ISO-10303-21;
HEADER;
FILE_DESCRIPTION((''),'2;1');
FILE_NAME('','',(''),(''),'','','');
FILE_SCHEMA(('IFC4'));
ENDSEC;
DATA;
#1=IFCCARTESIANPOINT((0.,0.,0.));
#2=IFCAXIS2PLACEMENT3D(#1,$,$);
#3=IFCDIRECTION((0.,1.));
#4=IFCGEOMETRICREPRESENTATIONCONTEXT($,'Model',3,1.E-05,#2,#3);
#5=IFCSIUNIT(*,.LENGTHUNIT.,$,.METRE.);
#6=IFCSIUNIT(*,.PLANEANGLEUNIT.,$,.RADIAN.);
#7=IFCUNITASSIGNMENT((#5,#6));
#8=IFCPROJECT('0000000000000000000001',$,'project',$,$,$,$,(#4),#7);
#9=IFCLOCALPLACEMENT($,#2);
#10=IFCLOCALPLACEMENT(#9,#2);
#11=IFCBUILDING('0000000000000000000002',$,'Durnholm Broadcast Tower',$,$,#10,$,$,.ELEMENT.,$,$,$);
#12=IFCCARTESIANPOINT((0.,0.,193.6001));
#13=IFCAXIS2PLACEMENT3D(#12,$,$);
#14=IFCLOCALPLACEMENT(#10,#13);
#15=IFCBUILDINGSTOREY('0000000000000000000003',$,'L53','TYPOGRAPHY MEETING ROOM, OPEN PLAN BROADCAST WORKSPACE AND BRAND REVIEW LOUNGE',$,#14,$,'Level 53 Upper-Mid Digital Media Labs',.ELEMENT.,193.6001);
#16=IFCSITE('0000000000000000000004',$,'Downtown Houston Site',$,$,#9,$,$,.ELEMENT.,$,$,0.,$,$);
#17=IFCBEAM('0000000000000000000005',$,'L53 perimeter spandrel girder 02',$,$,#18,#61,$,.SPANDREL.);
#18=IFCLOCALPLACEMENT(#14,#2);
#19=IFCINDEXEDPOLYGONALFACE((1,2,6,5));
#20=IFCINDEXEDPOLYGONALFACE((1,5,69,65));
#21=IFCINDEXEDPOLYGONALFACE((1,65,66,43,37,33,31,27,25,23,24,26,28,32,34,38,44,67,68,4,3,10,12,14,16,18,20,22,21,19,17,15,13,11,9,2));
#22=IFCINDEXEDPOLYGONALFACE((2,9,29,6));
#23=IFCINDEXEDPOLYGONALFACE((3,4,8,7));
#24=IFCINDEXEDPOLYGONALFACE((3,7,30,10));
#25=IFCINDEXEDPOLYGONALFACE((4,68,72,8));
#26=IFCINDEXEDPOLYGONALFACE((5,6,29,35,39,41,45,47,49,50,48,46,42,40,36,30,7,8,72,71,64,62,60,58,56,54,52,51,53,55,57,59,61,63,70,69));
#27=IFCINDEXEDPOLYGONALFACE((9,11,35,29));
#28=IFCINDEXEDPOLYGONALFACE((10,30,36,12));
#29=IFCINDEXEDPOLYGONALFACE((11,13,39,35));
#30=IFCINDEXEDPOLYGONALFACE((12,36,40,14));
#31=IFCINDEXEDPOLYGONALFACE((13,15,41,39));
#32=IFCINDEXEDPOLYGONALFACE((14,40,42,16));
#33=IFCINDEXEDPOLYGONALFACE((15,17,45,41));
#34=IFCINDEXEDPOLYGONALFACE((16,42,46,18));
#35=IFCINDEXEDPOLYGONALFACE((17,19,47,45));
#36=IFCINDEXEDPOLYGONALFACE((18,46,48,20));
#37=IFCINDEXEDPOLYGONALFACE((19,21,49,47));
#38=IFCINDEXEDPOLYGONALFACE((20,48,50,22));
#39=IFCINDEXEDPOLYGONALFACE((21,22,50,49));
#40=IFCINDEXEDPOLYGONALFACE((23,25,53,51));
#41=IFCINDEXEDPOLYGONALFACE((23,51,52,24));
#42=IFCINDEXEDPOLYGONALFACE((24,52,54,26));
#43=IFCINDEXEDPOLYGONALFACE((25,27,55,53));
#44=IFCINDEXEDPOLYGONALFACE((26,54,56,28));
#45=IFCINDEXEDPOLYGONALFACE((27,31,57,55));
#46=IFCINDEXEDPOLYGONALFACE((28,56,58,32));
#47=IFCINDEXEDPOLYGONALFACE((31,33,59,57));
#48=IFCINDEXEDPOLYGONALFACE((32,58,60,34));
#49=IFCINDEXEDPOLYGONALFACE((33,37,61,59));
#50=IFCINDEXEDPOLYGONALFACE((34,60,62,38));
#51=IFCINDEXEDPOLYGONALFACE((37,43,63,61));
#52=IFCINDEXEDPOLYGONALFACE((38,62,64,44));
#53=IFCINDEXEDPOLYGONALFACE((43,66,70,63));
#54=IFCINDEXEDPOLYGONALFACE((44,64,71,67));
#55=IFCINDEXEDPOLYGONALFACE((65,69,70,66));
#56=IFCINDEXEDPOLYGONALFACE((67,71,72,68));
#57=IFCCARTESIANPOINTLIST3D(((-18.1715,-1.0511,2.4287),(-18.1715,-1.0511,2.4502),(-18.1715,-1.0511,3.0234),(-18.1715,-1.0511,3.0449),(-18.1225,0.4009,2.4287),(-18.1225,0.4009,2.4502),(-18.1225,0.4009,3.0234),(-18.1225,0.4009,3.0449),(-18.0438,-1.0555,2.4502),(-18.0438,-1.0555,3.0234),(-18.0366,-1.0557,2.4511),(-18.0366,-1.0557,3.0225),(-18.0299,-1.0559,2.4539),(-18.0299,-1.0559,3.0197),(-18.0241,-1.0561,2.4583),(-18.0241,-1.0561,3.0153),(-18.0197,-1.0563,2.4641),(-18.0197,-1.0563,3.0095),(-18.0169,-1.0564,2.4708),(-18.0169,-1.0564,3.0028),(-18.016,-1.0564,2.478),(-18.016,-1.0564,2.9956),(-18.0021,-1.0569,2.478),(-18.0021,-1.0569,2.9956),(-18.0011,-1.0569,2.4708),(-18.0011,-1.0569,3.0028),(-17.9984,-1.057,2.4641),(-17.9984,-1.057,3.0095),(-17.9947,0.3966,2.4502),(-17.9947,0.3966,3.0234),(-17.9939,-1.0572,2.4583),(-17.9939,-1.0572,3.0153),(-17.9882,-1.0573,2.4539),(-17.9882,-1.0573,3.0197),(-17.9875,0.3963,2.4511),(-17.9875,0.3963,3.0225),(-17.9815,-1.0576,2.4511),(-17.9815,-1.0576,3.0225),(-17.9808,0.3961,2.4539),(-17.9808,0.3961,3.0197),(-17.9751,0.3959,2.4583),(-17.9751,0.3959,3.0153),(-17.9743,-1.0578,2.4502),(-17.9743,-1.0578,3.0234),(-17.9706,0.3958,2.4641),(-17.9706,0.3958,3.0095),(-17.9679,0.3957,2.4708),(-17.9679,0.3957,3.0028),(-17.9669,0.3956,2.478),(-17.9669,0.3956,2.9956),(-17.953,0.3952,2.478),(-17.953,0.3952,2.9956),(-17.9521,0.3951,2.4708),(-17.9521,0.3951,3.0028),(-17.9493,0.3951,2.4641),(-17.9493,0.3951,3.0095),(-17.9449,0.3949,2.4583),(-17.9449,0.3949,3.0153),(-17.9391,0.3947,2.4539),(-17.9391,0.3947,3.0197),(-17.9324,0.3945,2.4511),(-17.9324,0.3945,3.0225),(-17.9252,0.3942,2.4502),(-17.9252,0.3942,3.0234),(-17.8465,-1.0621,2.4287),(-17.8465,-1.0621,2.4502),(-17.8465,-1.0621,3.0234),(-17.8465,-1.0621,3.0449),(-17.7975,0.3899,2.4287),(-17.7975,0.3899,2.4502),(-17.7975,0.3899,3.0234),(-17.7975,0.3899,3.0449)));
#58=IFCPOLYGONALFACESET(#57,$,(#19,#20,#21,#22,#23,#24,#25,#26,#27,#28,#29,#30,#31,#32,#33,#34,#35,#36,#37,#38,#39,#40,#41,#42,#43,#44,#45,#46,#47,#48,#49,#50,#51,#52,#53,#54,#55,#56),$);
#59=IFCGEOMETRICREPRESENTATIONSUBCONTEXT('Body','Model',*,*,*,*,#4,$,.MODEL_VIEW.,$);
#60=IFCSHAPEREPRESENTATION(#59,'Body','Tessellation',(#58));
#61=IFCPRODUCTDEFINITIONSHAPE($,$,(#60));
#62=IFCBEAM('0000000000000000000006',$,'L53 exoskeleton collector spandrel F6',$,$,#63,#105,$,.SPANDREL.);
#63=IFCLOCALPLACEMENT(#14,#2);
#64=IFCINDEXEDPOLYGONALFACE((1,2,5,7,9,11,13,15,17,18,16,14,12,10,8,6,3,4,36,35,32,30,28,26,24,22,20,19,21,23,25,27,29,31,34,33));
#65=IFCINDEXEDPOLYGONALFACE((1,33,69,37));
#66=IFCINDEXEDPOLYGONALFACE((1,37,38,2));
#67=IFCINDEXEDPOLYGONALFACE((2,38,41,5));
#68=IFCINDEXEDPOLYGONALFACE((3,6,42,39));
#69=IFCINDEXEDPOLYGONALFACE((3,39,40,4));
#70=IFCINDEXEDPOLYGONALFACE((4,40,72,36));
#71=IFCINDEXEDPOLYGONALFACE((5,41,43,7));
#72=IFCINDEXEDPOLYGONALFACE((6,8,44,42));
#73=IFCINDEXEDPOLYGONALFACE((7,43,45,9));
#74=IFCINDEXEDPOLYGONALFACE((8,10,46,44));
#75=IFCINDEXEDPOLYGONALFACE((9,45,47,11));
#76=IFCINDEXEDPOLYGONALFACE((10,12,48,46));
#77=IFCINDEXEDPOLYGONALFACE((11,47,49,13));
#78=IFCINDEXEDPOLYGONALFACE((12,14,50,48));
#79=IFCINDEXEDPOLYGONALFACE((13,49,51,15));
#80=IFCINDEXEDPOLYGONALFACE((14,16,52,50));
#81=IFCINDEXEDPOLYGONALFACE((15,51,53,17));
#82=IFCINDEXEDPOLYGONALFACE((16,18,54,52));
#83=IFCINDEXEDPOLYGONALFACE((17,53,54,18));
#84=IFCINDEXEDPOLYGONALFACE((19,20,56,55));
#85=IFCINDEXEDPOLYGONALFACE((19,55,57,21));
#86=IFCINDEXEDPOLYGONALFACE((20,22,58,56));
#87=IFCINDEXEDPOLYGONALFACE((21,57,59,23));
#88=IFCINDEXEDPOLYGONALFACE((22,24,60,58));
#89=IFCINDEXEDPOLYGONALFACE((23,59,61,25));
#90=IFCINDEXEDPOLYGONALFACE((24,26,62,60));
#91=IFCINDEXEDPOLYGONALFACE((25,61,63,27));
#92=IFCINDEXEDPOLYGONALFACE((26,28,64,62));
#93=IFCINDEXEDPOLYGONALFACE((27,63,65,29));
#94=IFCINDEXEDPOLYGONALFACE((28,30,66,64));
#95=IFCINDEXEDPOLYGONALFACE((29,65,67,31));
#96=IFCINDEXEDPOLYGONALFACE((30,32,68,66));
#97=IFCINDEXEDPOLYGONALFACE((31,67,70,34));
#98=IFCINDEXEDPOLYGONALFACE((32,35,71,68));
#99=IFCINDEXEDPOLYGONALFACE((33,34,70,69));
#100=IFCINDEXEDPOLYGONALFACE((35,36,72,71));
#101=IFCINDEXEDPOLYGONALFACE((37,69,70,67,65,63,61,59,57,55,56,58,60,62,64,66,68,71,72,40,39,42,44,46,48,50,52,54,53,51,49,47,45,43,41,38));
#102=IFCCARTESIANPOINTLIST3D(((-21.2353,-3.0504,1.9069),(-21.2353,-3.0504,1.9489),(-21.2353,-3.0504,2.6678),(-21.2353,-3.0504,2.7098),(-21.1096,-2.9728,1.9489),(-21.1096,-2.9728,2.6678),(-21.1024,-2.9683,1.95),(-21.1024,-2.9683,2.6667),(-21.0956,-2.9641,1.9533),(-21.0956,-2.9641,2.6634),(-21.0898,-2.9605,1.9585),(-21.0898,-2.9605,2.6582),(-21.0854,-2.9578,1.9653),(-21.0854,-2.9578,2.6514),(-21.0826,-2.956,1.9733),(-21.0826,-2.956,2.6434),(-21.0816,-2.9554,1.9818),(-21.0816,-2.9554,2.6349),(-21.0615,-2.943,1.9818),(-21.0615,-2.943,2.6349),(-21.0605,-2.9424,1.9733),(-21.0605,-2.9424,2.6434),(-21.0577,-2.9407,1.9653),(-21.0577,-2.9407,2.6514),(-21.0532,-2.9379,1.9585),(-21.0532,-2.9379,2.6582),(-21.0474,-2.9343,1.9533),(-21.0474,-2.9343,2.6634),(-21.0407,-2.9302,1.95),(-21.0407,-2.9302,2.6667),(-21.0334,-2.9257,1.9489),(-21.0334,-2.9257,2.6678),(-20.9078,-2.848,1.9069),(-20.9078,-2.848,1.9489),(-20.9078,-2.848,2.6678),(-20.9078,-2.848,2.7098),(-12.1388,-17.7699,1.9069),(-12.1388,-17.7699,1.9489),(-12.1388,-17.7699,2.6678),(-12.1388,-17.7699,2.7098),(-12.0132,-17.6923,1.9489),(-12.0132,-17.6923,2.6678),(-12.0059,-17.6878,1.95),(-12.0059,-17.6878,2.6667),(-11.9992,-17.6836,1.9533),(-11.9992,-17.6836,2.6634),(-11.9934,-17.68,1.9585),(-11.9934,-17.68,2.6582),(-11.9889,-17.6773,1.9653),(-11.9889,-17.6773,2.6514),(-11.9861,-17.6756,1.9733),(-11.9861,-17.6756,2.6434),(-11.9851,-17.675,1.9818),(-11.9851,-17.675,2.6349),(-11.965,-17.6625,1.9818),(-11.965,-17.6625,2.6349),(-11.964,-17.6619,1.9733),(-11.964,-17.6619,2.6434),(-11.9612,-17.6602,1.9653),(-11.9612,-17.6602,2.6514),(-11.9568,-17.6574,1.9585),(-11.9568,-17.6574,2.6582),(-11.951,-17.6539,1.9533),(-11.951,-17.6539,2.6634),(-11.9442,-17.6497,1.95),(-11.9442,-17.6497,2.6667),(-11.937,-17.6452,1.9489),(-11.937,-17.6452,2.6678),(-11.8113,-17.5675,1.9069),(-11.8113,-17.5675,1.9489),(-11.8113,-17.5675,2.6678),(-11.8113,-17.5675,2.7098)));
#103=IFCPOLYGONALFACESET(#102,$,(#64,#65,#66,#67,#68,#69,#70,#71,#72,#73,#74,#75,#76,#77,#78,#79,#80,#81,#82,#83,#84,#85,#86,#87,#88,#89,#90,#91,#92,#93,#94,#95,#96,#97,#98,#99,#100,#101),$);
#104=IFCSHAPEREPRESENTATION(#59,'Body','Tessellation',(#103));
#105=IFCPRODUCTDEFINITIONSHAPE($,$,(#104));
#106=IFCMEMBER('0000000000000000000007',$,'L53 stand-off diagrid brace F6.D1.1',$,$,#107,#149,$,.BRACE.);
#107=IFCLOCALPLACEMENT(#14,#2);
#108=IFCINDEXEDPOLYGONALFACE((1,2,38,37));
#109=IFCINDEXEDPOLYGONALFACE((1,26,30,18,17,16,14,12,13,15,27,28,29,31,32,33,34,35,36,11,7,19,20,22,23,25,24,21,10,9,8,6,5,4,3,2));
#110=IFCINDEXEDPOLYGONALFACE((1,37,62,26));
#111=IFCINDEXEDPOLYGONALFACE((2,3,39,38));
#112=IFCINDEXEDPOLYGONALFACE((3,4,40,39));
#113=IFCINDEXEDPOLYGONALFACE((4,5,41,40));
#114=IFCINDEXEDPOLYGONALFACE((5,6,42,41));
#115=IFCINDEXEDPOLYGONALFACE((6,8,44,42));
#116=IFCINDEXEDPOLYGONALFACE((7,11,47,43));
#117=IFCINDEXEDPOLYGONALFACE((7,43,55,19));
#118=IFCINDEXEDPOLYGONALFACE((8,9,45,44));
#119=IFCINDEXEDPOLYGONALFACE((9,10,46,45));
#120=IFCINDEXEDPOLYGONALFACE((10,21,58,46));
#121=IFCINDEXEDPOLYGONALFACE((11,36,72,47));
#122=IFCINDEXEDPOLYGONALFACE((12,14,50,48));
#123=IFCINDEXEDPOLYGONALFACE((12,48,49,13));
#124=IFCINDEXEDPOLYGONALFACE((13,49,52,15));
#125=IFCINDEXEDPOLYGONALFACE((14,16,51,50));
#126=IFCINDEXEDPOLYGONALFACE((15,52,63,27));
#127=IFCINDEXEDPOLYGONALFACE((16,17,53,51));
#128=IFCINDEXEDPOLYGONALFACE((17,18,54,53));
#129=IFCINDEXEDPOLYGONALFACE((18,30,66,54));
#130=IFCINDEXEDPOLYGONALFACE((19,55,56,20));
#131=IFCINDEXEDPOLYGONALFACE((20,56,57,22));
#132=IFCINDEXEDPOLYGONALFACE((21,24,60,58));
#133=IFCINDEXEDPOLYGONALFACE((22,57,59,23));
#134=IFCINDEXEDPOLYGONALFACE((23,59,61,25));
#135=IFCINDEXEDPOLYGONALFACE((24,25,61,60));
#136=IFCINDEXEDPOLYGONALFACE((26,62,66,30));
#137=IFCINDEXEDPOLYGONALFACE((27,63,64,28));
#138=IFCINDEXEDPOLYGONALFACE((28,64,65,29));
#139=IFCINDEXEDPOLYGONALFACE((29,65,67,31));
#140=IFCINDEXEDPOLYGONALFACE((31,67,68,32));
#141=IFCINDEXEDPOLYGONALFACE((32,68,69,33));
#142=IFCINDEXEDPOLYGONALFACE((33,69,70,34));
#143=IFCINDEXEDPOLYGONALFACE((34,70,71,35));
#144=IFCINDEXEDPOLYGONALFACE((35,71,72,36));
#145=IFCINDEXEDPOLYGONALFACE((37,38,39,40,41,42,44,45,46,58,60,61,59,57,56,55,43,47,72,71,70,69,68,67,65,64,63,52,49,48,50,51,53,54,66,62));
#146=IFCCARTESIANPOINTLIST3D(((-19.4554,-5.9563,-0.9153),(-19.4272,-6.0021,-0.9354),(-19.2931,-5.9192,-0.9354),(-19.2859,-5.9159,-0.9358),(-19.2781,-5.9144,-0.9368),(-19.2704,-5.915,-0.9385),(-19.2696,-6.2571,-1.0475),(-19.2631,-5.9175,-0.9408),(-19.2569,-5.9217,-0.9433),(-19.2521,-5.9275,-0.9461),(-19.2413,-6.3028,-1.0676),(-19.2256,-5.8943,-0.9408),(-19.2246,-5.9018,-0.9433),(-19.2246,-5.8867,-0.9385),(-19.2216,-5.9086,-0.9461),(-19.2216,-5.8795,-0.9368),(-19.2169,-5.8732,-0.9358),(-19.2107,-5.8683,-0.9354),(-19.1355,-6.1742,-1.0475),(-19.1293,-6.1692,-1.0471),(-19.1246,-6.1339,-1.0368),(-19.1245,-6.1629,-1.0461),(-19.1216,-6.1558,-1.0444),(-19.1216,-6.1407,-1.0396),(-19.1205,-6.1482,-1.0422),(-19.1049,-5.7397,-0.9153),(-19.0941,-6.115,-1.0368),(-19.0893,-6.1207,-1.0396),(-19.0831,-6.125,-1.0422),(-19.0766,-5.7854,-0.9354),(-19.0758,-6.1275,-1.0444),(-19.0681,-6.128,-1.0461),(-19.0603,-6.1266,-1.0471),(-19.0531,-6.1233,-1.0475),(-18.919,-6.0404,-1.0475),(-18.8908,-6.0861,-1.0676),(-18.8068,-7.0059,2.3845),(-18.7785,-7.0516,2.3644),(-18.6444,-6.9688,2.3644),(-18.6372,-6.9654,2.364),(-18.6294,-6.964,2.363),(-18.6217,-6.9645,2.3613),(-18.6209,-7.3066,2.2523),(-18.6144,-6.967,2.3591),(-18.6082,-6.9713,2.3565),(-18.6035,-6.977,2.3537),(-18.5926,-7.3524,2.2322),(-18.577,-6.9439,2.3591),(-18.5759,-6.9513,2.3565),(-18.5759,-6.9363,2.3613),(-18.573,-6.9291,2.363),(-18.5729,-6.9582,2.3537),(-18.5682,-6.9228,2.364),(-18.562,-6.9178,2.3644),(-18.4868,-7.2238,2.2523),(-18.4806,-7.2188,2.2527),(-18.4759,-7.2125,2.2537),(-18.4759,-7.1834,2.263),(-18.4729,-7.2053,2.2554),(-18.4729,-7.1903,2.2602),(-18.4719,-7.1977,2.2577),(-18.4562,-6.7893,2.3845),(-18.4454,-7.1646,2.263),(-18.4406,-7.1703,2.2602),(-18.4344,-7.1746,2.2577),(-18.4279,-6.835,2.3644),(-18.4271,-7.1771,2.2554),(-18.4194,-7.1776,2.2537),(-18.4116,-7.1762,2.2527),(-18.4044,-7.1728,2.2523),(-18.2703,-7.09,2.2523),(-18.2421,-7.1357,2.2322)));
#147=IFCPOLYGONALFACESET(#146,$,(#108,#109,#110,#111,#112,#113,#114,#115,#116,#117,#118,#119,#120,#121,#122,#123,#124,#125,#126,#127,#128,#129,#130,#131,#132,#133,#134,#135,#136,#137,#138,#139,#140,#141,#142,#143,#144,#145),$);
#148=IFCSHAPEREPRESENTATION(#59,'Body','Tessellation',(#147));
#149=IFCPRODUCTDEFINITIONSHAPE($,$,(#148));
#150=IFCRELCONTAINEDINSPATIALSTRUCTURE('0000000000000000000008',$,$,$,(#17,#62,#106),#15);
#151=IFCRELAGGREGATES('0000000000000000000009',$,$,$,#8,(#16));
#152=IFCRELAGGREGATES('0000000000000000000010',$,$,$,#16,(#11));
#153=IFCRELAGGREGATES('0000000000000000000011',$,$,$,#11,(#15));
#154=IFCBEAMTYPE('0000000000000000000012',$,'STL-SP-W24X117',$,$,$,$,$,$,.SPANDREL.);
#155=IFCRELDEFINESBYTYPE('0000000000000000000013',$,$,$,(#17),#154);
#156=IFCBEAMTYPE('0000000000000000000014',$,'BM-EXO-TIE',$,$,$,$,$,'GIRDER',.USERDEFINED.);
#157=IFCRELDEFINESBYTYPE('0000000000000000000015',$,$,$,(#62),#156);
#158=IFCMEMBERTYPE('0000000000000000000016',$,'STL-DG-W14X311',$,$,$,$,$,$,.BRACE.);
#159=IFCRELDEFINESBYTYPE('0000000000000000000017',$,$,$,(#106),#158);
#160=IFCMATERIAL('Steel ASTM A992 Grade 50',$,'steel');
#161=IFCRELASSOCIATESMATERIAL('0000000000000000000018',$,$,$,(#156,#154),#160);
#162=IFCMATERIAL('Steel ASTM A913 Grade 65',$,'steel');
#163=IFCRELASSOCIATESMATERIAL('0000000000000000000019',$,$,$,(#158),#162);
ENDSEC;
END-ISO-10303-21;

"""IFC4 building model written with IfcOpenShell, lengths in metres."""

from ifc_helpers import new_model, si_unit, direction, frame, origin, origin_2d, place, context, subcontext, project, spatial, i_section, extrude, source, transform, mapped, material, material_profile, profile_set, type_object, type_shapes, element, save


model = new_model("IFC4")

# Units and contexts
model_context = context("Model", 3, precision=1e-05, world=origin(), true_north=direction((0.0, 1.0)))
body_context = subcontext(model_context, "Body", "Model", "MODEL_VIEW")
ifc_project = project(units=[si_unit("LENGTHUNIT", "METRE"), si_unit("PLANEANGLEUNIT", "RADIAN")], contexts=[model_context])

# Site, building, storey
site_placement = place(None, origin())
site = spatial("IfcSite", under=ifc_project, at=site_placement, Name="Downtown Houston Site", CompositionType="ELEMENT", RefElevation=0.0)
building_placement = place(site_placement, origin())
building = spatial("IfcBuilding", under=site, at=building_placement, Name="Durnholm Broadcast Tower", CompositionType="ELEMENT")
storey_placement = place(building_placement, frame((0.0, 0.0, 193.6001)))
storey = spatial("IfcBuildingStorey", under=building, at=storey_placement, Name="L53", Description="TYPOGRAPHY MEETING ROOM, OPEN PLAN BROADCAST WORKSPACE AND BRAND REVIEW LOUNGE", LongName="Level 53 Upper-Mid Digital Media Labs", CompositionType="ELEMENT", Elevation=193.6001)

# Beams
ifc_material_1 = material(Name="Steel ASTM A992 Grade 50", Category="steel")
ifc_material_profile_1 = material_profile(ifc_material_1, i_section(OverallWidth=0.385, OverallDepth=0.803, WebThickness=0.0237, FlangeThickness=0.042, FilletRadius=0.033, at=origin_2d()), Name="W30X261")
ifc_profile_set_1 = profile_set([ifc_material_profile_1], Name="Steel ASTM A992 Grade 50")
beam_type_1 = type_object("IfcBeamType", Name="BM-EXO-TIE", ElementType="GIRDER", PredefinedType="USERDEFINED", material=ifc_profile_set_1)
ifc_material_profile_2 = material_profile(ifc_material_1, i_section(OverallWidth=0.3252, OverallDepth=0.6162, WebThickness=0.0139, FlangeThickness=0.0215, FilletRadius=0.0278, at=origin_2d()), Name="W24X117")
ifc_profile_set_2 = profile_set([ifc_material_profile_2], Name="Steel ASTM A992 Grade 50")
beam_type_2 = type_object("IfcBeamType", Name="STL-SP-W24X117", PredefinedType="SPANDREL", material=ifc_profile_set_2)
shared_shape_1 = source(origin(), body_context, "Body", "SweptSolid", [
    extrude(i_section(OverallWidth=0.3252, OverallDepth=0.6162, WebThickness=0.0139, FlangeThickness=0.0215, FilletRadius=0.0278, at=origin_2d()), origin(), (0.0, 0.0, 1.0), 1.4529),
])
beam_1_placement = place(storey_placement, frame((-18.009, -1.0566, 2.7368), z_axis=(0.033774, 0.99943, 0.0), x_axis=(-0.99943, 0.033774, 0.0)))
element("IfcBeam", 1, at=beam_1_placement, inside=storey, type_object=beam_type_2, Name="L53 perimeter spandrel girder 02", PredefinedType="SPANDREL", context=body_context, shape_type="MappedRepresentation", body=[
    mapped(shared_shape_1, transform((0.0, 0.0, 0.0), x_axis=(1.0, 0.0, 0.0), y_axis=(0.0, 1.0, 0.0), z_axis=(0.0, 0.0, 1.0), scale=1.0)),
])
shared_shape_2 = source(origin(), body_context, "Body", "SweptSolid", [
    extrude(i_section(OverallWidth=0.385, OverallDepth=0.803, WebThickness=0.0237, FlangeThickness=0.042, FilletRadius=0.033, at=origin_2d()), origin(), (0.0, 0.0, 1.0), 17.3035),
])
beam_2_placement = place(storey_placement, frame((-21.0715, -2.9492, 2.3083), z_axis=(0.525702, -0.850669, 0.0), x_axis=(0.850669, 0.525702, 0.0)))
element("IfcBeam", 2, at=beam_2_placement, inside=storey, type_object=beam_type_1, Name="L53 exoskeleton collector spandrel F6", PredefinedType="SPANDREL", context=body_context, shape_type="MappedRepresentation", body=[
    mapped(shared_shape_2, transform((0.0, 0.0, 0.0), x_axis=(1.0, 0.0, 0.0), y_axis=(0.0, 1.0, 0.0), z_axis=(0.0, 0.0, 1.0), scale=1.0)),
])

# Member
ifc_material_2 = material(Name="Steel ASTM A913 Grade 65", Category="steel")
ifc_material_profile_3 = material_profile(ifc_material_2, i_section(OverallWidth=0.4121, OverallDepth=0.4348, WebThickness=0.0359, FlangeThickness=0.0574, FilletRadius=0.0305, at=origin_2d()), Name="W14X311")
ifc_profile_set_3 = profile_set([ifc_material_profile_3], Name="Steel ASTM A913 Grade 65")
member_type_1 = type_object("IfcMemberType", Name="STL-DG-W14X311", PredefinedType="BRACE", material=ifc_profile_set_3)
shared_shape_3 = source(origin(), body_context, "Body", "SweptSolid", [
    extrude(i_section(OverallWidth=0.4121, OverallDepth=0.4348, WebThickness=0.0359, FlangeThickness=0.0574, FilletRadius=0.0305, at=origin_2d()), origin(), (0.0, 0.0, 1.0), 3.5229),
])
type_shapes(member_type_1, [shared_shape_3])
for number, where, z_axis, x_axis, name in (
    (3, (-19.1731, -6.0212, -0.9915), (0.184131, -0.297922, 0.936663), (0.850644, 0.525741, 0.0), "L53 stand-off diagrid brace F6.D1.1"),
):
    element("IfcMember", number, at=place(storey_placement, frame(where, z_axis=z_axis, x_axis=x_axis)), inside=storey, type_object=member_type_1, Name=name, PredefinedType="BRACE", context=body_context, shape_type="MappedRepresentation", body=[
        mapped(shared_shape_3, transform((0.0, 0.0, 0.0), x_axis=(1.0, 0.0, 0.0), y_axis=(0.0, 1.0, 0.0), z_axis=(0.0, 0.0, 1.0), scale=1.0)),
    ])

save(model, "model.ifc")
